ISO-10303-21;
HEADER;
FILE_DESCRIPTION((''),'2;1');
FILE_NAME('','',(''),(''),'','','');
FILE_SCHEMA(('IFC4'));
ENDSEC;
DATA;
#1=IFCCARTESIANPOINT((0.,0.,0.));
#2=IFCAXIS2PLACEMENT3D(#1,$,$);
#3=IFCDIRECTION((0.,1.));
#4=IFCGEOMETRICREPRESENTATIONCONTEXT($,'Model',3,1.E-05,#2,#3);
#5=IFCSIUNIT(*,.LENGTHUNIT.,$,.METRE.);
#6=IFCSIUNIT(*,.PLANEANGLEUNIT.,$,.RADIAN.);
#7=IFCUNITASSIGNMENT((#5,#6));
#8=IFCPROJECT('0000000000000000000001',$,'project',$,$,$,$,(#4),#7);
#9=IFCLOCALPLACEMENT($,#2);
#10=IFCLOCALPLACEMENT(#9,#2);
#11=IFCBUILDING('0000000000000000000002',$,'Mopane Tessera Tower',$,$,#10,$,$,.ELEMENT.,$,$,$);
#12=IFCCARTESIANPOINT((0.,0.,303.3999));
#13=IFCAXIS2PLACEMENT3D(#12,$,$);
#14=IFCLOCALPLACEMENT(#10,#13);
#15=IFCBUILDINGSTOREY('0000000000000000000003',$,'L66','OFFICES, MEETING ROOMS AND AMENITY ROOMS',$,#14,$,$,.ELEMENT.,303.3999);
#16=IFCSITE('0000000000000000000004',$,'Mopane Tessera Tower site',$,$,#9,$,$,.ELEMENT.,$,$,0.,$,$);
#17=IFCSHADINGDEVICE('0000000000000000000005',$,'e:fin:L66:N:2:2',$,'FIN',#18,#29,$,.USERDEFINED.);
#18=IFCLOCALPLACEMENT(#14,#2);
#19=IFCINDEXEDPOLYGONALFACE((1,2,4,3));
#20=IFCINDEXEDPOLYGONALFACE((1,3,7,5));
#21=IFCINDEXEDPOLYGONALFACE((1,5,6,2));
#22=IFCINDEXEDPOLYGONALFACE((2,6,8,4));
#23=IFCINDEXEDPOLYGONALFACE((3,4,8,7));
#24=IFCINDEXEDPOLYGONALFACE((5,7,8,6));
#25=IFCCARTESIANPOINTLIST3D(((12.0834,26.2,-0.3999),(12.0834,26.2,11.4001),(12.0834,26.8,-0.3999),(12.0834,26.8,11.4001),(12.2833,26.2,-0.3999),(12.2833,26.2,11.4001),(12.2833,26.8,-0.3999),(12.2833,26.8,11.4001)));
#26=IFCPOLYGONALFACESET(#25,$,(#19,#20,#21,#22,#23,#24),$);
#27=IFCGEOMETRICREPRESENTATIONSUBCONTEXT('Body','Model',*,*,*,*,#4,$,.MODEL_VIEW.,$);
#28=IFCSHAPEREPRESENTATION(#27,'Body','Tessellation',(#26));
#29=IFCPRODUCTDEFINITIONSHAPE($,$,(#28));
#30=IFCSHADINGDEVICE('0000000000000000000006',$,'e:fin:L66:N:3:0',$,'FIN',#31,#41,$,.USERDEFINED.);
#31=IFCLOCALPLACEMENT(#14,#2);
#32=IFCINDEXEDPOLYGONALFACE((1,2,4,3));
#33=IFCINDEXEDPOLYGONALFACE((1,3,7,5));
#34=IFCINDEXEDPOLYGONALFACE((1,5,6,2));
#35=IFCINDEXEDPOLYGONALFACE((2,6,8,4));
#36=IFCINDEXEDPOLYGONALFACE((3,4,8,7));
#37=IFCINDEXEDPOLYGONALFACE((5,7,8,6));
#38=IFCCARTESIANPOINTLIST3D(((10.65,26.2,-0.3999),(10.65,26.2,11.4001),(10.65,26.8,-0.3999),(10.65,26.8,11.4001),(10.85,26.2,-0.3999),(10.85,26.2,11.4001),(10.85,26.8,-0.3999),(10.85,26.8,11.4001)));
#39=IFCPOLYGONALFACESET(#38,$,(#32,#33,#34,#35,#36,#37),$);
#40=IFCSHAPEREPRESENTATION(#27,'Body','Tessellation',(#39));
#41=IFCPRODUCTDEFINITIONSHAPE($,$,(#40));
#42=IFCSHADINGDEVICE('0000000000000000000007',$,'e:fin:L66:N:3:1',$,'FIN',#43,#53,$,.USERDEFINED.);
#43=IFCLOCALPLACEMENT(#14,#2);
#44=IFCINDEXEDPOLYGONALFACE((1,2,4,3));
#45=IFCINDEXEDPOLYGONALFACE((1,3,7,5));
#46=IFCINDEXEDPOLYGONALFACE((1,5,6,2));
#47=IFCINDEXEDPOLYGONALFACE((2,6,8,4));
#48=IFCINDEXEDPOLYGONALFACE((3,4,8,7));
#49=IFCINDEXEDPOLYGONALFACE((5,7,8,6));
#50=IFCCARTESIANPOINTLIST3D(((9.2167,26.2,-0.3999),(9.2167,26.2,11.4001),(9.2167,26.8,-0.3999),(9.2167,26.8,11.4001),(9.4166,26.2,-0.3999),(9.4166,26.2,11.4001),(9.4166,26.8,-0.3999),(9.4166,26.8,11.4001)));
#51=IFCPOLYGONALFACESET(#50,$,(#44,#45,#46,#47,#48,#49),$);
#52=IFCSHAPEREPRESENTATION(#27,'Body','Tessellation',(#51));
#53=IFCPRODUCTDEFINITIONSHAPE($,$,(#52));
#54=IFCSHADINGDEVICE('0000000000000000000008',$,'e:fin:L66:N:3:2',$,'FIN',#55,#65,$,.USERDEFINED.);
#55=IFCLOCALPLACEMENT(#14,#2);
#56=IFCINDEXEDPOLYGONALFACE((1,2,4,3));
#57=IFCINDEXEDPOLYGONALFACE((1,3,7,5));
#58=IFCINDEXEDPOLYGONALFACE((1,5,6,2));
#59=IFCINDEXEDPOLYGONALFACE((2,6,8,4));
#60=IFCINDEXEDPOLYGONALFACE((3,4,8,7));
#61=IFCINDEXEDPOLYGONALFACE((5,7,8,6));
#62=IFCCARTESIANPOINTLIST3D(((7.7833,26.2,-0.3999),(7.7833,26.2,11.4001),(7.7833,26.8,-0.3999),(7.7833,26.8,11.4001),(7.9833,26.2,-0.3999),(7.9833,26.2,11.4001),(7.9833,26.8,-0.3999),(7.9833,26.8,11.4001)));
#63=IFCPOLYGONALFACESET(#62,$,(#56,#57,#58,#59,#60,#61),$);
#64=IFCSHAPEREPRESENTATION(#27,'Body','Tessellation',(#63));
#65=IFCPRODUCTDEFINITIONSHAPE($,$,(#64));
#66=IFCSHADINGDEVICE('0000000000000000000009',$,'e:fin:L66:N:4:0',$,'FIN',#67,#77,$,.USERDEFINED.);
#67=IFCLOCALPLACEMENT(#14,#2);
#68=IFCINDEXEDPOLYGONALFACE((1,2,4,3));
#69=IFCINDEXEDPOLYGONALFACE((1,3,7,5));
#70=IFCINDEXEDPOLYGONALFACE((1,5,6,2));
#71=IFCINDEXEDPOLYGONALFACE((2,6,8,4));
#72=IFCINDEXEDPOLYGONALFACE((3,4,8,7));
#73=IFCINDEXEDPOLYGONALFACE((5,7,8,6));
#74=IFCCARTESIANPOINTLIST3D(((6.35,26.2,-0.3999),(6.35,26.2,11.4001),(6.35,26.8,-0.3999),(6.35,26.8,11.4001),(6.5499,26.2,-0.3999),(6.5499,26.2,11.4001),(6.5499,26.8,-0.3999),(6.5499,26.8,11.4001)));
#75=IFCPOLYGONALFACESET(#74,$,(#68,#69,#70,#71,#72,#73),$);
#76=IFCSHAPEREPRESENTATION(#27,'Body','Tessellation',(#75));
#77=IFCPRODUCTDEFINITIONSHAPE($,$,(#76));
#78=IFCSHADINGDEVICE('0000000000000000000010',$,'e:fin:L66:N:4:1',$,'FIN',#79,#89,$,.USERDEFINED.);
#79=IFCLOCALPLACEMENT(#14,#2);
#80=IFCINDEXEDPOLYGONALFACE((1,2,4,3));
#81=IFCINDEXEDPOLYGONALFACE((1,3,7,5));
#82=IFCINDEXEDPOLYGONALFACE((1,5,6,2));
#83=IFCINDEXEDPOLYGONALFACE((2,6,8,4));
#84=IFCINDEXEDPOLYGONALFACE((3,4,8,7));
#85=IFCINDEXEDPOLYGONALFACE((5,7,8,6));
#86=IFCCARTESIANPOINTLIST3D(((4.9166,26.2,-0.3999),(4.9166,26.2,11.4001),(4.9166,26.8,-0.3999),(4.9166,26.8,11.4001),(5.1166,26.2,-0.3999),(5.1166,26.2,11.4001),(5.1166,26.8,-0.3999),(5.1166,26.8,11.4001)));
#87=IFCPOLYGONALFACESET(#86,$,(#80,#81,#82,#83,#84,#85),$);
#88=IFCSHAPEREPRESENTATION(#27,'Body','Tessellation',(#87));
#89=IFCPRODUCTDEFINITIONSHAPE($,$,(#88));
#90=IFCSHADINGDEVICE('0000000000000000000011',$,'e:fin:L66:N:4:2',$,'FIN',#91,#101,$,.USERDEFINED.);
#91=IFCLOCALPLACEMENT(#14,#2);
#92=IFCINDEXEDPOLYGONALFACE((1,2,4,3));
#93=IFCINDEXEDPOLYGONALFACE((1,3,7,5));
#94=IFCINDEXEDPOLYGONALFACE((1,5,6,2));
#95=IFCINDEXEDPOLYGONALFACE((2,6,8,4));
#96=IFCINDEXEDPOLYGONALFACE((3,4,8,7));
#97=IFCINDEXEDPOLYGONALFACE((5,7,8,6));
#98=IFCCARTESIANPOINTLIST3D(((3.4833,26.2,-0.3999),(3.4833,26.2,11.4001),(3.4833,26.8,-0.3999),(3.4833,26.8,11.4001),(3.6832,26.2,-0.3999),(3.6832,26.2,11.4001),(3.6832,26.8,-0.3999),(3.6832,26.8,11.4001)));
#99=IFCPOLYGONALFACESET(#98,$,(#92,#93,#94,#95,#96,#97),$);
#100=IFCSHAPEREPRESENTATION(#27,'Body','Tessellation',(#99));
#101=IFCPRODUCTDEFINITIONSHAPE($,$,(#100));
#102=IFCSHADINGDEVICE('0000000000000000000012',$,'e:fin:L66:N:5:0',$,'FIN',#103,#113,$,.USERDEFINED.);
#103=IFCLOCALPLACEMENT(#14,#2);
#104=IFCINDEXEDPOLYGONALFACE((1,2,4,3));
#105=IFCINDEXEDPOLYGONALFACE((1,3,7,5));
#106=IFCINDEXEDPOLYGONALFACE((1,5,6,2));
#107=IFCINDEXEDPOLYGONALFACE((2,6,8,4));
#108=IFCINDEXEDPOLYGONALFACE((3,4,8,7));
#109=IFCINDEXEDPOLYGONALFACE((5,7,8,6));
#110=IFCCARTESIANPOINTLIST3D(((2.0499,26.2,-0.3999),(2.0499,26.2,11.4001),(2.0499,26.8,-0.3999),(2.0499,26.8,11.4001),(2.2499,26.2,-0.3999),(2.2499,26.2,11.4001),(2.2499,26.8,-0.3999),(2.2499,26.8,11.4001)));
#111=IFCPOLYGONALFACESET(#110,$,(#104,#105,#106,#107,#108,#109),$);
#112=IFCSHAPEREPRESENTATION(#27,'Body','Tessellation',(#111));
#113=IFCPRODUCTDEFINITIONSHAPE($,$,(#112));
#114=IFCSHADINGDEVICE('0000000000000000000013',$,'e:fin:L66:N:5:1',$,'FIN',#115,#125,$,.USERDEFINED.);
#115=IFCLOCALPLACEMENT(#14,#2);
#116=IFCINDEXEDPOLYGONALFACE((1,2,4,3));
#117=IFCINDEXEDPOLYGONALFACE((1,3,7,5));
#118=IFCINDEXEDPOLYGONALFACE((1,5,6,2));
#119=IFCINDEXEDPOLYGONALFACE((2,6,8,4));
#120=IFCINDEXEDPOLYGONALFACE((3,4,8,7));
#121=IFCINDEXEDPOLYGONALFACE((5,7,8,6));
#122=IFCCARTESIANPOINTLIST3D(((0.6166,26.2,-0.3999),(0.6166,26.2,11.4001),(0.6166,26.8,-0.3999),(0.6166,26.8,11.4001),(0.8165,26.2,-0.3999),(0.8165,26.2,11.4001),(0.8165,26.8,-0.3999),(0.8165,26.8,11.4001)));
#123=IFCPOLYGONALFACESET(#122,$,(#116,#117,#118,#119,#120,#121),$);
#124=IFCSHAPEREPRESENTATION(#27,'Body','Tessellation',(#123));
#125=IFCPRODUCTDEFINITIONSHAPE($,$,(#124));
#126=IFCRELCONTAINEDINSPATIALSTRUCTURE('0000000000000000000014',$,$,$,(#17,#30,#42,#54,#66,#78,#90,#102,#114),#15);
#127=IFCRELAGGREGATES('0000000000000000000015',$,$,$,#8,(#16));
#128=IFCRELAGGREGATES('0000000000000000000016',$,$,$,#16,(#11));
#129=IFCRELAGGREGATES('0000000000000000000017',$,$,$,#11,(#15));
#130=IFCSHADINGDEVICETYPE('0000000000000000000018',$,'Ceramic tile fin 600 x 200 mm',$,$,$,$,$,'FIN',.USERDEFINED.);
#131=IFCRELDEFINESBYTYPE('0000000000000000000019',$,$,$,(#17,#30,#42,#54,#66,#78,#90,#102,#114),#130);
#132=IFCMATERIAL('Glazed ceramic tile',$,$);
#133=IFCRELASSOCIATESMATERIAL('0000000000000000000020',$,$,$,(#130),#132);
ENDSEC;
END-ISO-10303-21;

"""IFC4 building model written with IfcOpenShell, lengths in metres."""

from ifc_helpers import new_model, si_unit, direction, frame, origin, origin_2d, place, context, subcontext, project, spatial, rectangle, extrude, material, type_object, element, save


model = new_model("IFC4")

# Units and contexts
model_context = context("Model", 3, precision=1e-05, world=origin(), true_north=direction((0.0, 1.0)))
body_context = subcontext(model_context, "Body", "Model", "MODEL_VIEW")
ifc_project = project(units=[si_unit("LENGTHUNIT", "METRE"), si_unit("PLANEANGLEUNIT", "RADIAN")], contexts=[model_context])

# Site, building, storey
site_placement = place(None, origin())
site = spatial("IfcSite", under=ifc_project, at=site_placement, Name="Mopane Tessera Tower site", CompositionType="ELEMENT", RefElevation=0.0)
building_placement = place(site_placement, origin())
building = spatial("IfcBuilding", under=site, at=building_placement, Name="Mopane Tessera Tower", CompositionType="ELEMENT")
storey_placement = place(building_placement, frame((0.0, 0.0, 303.3999)))
storey = spatial("IfcBuildingStorey", under=building, at=storey_placement, Name="L66", Description="OFFICES, MEETING ROOMS AND AMENITY ROOMS", CompositionType="ELEMENT", Elevation=303.3999)

# Shading devices
ifc_material_1 = material(Name="Glazed ceramic tile")
shading_device_type = type_object("IfcShadingDeviceType", Name="Ceramic tile fin 600 x 200 mm", ElementType="FIN", PredefinedType="USERDEFINED", material=ifc_material_1)
for number, where, z_axis, x_axis, name in (
    (1, (12.1833, 26.5, -0.3999), (0.0, 0.0, 1.0), (-1.0, 0.0, 0.0), "e:fin:L66:N:2:2"),
    (2, (10.75, 26.5, -0.3999), (0.0, 0.0, 1.0), (-1.0, 0.0, 0.0), "e:fin:L66:N:3:0"),
    (3, (9.3167, 26.5, -0.3999), (0.0, 0.0, 1.0), (-1.0, 0.0, 0.0), "e:fin:L66:N:3:1"),
    (4, (7.8833, 26.5, -0.3999), (0.0, 0.0, 1.0), (-1.0, 0.0, 0.0), "e:fin:L66:N:3:2"),
    (5, (6.45, 26.5, -0.3999), (0.0, 0.0, 1.0), (-1.0, 0.0, 0.0), "e:fin:L66:N:4:0"),
    (6, (5.0166, 26.5, -0.3999), (0.0, 0.0, 1.0), (-1.0, 0.0, 0.0), "e:fin:L66:N:4:1"),
    (7, (3.5833, 26.5, -0.3999), (0.0, 0.0, 1.0), (-1.0, 0.0, 0.0), "e:fin:L66:N:4:2"),
    (8, (2.1499, 26.5, -0.3999), (0.0, 0.0, 1.0), (-1.0, 0.0, 0.0), "e:fin:L66:N:5:0"),
    (9, (0.7166, 26.5, -0.3999), (0.0, 0.0, 1.0), (-1.0, 0.0, 0.0), "e:fin:L66:N:5:1"),
):
    element("IfcShadingDevice", number, at=place(storey_placement, frame(where, z_axis=z_axis, x_axis=x_axis)), inside=storey, type_object=shading_device_type, Name=name, ObjectType="FIN", PredefinedType="USERDEFINED", context=body_context, shape_type="SweptSolid", body=[
        extrude(rectangle(XDim=0.2, YDim=0.6001, at=origin_2d()), origin(), (0.0, 0.0, 1.0), 11.8),
    ])

save(model, "model.ifc")
